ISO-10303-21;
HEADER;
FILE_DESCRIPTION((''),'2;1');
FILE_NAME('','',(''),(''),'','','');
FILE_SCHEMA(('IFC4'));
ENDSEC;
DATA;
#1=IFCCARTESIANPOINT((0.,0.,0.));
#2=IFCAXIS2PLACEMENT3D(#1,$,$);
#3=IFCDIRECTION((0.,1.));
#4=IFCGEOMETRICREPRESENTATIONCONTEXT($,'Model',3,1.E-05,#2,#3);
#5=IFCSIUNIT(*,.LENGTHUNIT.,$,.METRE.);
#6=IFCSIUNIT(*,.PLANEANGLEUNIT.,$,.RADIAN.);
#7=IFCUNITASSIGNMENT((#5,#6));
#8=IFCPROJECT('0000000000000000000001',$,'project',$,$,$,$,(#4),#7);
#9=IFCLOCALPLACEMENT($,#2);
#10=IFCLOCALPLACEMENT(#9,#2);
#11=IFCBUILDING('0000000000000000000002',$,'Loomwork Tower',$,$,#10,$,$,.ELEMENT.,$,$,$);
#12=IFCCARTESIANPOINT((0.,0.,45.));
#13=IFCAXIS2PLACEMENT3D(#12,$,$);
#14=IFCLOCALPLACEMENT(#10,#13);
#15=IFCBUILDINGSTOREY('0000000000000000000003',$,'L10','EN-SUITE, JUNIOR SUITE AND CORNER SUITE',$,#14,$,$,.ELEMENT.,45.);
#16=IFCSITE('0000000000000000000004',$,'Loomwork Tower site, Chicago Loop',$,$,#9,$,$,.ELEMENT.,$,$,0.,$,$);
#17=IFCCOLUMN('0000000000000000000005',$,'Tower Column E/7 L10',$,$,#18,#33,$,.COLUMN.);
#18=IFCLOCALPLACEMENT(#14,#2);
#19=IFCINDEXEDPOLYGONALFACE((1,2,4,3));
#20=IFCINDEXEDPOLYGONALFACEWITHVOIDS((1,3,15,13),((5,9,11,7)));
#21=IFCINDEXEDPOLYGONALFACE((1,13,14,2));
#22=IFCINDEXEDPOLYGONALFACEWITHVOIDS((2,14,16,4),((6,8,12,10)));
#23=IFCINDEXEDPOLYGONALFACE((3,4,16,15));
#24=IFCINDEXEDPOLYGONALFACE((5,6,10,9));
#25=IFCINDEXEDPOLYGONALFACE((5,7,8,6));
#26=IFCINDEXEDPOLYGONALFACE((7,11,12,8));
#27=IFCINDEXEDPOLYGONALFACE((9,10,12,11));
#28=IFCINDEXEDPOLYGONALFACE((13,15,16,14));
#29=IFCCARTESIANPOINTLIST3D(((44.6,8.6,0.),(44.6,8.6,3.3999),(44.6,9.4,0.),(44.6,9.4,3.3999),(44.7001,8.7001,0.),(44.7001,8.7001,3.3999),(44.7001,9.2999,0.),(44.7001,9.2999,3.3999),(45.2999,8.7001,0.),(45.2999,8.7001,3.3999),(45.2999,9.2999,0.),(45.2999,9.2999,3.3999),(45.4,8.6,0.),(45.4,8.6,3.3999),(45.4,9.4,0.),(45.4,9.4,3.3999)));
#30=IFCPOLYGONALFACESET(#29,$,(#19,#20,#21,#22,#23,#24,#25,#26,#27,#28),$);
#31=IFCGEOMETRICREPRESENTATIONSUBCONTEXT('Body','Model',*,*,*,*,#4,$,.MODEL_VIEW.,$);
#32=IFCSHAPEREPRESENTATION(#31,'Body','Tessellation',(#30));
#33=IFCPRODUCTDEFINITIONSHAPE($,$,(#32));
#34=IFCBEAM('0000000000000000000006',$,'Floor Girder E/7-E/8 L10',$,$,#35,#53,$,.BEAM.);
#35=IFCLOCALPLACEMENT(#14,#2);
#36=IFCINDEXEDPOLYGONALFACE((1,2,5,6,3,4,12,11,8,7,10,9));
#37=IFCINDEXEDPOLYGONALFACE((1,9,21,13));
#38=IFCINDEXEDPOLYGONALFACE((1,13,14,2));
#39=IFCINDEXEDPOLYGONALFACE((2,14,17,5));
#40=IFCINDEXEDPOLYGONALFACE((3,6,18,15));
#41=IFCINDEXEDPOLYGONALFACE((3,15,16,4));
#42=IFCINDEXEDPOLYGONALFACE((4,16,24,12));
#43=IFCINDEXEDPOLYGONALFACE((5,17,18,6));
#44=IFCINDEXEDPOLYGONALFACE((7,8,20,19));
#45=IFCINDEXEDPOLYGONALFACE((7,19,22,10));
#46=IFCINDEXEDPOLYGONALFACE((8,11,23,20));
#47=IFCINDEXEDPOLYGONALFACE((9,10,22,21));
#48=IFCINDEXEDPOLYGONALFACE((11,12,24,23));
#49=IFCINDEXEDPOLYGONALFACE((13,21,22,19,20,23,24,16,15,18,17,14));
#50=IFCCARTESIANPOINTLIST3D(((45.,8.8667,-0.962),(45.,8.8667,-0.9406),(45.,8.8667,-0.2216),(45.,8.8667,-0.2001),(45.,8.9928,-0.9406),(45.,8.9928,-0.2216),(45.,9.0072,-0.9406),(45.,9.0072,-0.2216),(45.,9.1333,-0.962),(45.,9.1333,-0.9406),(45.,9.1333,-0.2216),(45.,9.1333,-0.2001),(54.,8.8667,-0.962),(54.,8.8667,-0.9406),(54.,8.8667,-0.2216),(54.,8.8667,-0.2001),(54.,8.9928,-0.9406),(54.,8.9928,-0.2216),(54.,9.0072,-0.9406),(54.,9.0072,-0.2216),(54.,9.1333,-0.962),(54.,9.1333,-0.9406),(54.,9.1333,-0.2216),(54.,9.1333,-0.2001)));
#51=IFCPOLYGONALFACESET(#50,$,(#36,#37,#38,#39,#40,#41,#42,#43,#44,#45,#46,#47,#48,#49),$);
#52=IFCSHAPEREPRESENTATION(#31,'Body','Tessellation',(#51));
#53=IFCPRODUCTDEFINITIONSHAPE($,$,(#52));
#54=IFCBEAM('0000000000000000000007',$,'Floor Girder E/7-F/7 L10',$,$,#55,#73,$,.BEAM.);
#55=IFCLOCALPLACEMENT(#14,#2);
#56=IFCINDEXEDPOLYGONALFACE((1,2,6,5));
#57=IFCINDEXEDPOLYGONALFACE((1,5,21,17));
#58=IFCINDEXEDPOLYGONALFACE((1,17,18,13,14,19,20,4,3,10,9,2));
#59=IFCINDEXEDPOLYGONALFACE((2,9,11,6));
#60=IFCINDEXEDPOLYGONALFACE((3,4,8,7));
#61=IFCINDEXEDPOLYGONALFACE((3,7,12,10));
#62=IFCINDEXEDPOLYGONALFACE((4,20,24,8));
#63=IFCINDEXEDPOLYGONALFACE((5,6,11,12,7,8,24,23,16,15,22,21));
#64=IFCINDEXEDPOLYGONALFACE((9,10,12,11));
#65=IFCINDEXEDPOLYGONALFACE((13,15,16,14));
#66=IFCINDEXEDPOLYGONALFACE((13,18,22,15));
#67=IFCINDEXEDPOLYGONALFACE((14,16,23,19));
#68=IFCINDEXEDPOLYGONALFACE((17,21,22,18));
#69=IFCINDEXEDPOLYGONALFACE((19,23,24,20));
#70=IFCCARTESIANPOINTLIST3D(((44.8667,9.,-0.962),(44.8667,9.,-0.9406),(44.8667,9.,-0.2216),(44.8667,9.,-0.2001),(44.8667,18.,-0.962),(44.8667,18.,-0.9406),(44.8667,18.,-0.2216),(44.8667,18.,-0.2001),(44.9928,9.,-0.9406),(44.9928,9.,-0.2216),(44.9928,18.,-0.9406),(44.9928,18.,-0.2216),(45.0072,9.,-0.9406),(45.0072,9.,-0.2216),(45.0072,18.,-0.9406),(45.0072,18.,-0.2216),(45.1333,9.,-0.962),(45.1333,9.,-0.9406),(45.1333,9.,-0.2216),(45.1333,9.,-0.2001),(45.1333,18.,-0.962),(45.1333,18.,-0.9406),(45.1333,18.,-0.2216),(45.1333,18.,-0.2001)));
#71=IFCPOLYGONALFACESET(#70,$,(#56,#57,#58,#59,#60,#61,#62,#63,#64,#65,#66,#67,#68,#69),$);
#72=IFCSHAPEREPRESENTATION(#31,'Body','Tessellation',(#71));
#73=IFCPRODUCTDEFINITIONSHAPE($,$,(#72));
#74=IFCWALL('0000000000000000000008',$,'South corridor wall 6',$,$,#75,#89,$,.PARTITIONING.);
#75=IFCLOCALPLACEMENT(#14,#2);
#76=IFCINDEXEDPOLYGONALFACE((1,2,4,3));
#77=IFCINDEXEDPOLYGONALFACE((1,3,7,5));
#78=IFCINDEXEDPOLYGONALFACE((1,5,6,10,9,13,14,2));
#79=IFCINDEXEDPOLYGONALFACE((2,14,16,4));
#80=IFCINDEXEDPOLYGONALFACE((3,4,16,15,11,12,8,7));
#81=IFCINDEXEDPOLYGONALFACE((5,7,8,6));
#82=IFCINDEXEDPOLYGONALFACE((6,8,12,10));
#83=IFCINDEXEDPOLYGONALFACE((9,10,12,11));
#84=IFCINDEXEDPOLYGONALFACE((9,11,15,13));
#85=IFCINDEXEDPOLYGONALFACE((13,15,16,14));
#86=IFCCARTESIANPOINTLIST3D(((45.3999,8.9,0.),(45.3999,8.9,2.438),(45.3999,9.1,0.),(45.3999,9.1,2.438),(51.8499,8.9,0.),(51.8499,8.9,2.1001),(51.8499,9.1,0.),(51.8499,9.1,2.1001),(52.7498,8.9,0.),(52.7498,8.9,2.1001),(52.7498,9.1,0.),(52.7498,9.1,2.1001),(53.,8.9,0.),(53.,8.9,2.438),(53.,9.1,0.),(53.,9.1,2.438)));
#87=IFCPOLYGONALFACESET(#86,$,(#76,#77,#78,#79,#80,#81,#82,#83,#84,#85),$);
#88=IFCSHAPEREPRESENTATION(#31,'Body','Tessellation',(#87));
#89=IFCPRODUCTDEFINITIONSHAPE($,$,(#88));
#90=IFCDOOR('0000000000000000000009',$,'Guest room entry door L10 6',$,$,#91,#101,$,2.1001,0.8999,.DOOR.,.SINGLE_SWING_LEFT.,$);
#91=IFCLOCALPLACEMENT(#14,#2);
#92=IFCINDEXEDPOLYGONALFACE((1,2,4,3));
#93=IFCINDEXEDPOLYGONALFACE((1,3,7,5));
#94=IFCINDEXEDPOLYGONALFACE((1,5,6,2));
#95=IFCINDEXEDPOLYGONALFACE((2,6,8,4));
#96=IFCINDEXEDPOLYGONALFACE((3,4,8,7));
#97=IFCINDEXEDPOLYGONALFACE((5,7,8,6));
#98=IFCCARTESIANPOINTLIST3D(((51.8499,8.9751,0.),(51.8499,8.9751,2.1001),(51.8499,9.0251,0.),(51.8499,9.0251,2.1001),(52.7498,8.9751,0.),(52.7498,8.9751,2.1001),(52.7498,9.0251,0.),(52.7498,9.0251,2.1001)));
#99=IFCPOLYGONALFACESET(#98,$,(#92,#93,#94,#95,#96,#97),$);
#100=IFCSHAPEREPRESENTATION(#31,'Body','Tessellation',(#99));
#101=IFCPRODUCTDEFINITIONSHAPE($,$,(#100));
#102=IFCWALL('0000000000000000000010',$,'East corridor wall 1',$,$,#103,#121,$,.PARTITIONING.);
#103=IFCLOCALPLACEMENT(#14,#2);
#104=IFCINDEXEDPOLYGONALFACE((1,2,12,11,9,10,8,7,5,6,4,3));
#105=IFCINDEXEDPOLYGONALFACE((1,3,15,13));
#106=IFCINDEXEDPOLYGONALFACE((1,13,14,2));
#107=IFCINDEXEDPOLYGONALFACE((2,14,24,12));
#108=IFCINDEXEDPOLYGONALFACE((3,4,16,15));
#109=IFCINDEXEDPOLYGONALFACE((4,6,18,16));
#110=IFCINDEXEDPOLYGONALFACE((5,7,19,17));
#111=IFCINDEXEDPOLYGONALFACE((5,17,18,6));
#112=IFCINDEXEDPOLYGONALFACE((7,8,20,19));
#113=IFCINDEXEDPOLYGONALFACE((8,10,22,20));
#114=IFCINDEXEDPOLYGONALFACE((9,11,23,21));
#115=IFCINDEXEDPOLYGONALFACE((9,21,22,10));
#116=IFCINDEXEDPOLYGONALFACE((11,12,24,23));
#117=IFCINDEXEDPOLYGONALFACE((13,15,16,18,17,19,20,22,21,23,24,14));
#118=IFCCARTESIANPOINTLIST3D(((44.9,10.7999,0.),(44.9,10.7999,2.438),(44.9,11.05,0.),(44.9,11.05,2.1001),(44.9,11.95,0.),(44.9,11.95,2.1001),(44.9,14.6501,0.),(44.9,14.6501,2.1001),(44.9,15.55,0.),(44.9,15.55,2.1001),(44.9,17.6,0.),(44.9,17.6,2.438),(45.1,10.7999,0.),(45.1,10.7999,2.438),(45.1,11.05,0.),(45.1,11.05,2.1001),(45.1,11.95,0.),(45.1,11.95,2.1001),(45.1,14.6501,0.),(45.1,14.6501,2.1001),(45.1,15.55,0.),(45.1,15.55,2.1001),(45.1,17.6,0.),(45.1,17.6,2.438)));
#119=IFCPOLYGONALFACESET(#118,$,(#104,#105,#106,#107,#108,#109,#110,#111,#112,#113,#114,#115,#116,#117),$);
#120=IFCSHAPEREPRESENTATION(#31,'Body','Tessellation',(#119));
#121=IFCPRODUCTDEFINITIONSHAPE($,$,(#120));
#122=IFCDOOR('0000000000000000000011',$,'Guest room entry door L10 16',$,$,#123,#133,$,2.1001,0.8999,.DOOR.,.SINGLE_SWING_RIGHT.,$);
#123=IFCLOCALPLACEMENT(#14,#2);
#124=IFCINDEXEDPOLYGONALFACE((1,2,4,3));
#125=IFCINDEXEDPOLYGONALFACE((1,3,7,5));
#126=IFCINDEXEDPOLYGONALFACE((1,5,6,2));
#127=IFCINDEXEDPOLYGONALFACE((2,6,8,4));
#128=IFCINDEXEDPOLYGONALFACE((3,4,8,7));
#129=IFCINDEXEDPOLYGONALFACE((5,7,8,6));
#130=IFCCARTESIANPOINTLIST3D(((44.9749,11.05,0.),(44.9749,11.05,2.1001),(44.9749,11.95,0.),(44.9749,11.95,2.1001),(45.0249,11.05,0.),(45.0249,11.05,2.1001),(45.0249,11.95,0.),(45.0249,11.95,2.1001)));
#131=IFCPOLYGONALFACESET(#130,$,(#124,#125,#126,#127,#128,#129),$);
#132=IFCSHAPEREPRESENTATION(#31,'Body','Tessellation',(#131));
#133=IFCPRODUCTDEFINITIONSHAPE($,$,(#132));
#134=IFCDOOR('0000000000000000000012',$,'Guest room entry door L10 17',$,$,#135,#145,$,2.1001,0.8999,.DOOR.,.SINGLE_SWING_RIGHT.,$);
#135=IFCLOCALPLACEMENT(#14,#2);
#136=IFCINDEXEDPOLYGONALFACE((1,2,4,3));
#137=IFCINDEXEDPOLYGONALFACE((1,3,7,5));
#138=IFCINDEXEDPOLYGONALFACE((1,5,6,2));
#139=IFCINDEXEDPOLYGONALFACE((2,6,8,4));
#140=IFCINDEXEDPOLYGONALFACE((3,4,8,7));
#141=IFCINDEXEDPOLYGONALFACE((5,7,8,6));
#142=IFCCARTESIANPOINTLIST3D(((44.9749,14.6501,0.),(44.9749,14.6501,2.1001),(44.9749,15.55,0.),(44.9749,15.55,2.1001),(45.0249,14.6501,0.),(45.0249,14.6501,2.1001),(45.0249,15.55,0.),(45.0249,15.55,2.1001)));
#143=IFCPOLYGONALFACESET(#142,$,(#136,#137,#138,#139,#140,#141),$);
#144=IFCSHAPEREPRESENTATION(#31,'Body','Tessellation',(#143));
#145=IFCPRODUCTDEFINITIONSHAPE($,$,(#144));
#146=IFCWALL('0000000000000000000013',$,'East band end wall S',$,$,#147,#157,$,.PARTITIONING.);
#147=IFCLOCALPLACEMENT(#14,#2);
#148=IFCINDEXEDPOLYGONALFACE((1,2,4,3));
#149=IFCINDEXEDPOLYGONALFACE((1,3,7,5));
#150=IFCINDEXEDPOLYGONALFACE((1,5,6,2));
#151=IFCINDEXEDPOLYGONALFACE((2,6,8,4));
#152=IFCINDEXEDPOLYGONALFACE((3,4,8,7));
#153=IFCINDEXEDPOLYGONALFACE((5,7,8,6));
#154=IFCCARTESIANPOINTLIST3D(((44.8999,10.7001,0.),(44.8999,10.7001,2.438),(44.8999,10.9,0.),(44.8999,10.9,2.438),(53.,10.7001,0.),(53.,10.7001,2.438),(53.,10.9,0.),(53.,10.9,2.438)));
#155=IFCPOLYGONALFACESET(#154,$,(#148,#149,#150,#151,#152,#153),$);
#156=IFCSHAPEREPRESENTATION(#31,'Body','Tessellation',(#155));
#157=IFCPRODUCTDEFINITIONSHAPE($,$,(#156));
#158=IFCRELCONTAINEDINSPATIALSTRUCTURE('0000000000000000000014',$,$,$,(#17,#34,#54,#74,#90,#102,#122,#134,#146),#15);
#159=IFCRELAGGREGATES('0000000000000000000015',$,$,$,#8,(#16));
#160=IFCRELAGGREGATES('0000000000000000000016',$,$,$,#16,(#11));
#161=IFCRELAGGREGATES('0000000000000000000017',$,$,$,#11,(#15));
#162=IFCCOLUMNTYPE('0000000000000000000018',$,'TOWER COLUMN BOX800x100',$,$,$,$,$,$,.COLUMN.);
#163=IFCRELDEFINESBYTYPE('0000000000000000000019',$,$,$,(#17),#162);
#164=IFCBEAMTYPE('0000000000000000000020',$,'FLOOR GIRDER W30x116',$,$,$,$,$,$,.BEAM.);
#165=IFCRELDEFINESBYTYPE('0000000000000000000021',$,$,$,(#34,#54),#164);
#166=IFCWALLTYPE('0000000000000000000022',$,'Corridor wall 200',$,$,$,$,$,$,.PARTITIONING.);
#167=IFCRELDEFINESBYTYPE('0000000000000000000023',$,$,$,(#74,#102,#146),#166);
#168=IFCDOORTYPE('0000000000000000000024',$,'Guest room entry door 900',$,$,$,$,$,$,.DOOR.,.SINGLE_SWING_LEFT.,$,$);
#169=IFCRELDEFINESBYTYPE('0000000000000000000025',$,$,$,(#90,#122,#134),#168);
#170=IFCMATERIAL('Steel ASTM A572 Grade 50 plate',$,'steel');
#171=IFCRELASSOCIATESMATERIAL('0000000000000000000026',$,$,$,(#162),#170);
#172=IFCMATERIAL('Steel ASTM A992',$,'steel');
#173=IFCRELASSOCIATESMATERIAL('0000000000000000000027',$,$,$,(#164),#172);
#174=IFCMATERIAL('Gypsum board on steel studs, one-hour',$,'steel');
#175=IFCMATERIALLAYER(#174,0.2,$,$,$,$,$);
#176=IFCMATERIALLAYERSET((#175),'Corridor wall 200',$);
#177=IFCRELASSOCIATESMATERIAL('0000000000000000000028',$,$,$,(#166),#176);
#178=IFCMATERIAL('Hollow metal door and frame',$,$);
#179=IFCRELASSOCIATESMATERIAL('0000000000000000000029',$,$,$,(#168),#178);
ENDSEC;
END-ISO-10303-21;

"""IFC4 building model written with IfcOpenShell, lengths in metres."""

from ifc_helpers import new_model, si_unit, direction, frame, frame_2d, origin, origin_2d, place, context, subcontext, project, spatial, rectangle, hollow_rectangle, i_section, extrude, material, layer, layer_set, material_profile, profile_set, type_object, element, fill, save


model = new_model("IFC4")

# Units and contexts
model_context = context("Model", 3, precision=1e-05, world=origin(), true_north=direction((0.0, 1.0)))
body_context = subcontext(model_context, "Body", "Model", "MODEL_VIEW")
ifc_project = project(units=[si_unit("LENGTHUNIT", "METRE"), si_unit("PLANEANGLEUNIT", "RADIAN")], contexts=[model_context])

# Site, building, storey
site_placement = place(None, origin())
site = spatial("IfcSite", under=ifc_project, at=site_placement, Name="Loomwork Tower site, Chicago Loop", CompositionType="ELEMENT", RefElevation=0.0)
building_placement = place(site_placement, origin())
building = spatial("IfcBuilding", under=site, at=building_placement, Name="Loomwork Tower", CompositionType="ELEMENT")
storey_placement = place(building_placement, frame((0.0, 0.0, 45.0)))
storey = spatial("IfcBuildingStorey", under=building, at=storey_placement, Name="L10", Description="EN-SUITE, JUNIOR SUITE AND CORNER SUITE", CompositionType="ELEMENT", Elevation=45.0)

# Column
ifc_material_1 = material(Name="Steel ASTM A572 Grade 50 plate", Category="steel")
ifc_material_profile_1 = material_profile(ifc_material_1, hollow_rectangle(XDim=0.8, YDim=0.8, WallThickness=0.1001, at=origin_2d()), Name="BOX800x100")
ifc_profile_set_1 = profile_set([ifc_material_profile_1], Name="Steel ASTM A572 Grade 50 plate")
column_type = type_object("IfcColumnType", Name="TOWER COLUMN BOX800x100", PredefinedType="COLUMN", material=ifc_profile_set_1)
column_placement = place(storey_placement, frame((45.0, 9.0, 0.0), z_axis=(0.0, 0.0, 1.0), x_axis=(0.0, 1.0, 0.0)))
element("IfcColumn", 1, at=column_placement, inside=storey, type_object=column_type, Name="Tower Column E/7 L10", PredefinedType="COLUMN", context=body_context, shape_type="SweptSolid", body=[
    extrude(hollow_rectangle(XDim=0.8, YDim=0.8, WallThickness=0.1001, at=origin_2d()), origin(), (0.0, 0.0, 1.0), 3.3999),
])

# Beams
ifc_material_2 = material(Name="Steel ASTM A992", Category="steel")
ifc_material_profile_2 = material_profile(ifc_material_2, i_section(OverallWidth=0.2666, OverallDepth=0.762, WebThickness=0.0144, FlangeThickness=0.0215, at=origin_2d()), Name="W30x116")
ifc_profile_set_2 = profile_set([ifc_material_profile_2], Name="Steel ASTM A992")
beam_type = type_object("IfcBeamType", Name="FLOOR GIRDER W30x116", PredefinedType="BEAM", material=ifc_profile_set_2)
for number, where, z_axis, x_axis, name in (
    (2, (45.0, 9.0, -0.5811), (1.0, 0.0, 0.0), (0.0, 1.0, 0.0), "Floor Girder E/7-E/8 L10"),
    (3, (45.0, 9.0, -0.5811), (0.0, 1.0, 0.0), (-1.0, 0.0, 0.0), "Floor Girder E/7-F/7 L10"),
):
    element("IfcBeam", number, at=place(storey_placement, frame(where, z_axis=z_axis, x_axis=x_axis)), inside=storey, type_object=beam_type, Name=name, PredefinedType="BEAM", context=body_context, shape_type="SweptSolid", body=[
        extrude(i_section(OverallWidth=0.2666, OverallDepth=0.762, WebThickness=0.0144, FlangeThickness=0.0215, at=origin_2d()), origin(), (0.0, 0.0, 1.0), 9.0),
    ])

# Wall, opening, door
ifc_material_3 = material(Name="Gypsum board on steel studs, one-hour", Category="steel")
ifc_layer_1 = layer(ifc_material_3, 0.2)
ifc_layer_set_1 = layer_set([ifc_layer_1], Name="Corridor wall 200")
wall_type_1 = type_object("IfcWallType", Name="Corridor wall 200", PredefinedType="PARTITIONING", material=ifc_layer_set_1)
wall_1_placement = place(storey_placement, frame((45.3999, 9.0, 0.0), z_axis=(0.0, 0.0, 1.0), x_axis=(1.0, 0.0, 0.0)))
wall_1 = element("IfcWall", 4, at=wall_1_placement, inside=storey, type_object=wall_type_1, Name="South corridor wall 6", PredefinedType="PARTITIONING", context=body_context, shape_type="SweptSolid", body=[
    extrude(rectangle(XDim=7.6001, YDim=0.2, at=frame_2d((3.8, 0.0))), origin(), (0.0, 0.0, 1.0), 2.438),
])
opening_1_placement = place(wall_1_placement, frame((6.45, 0.0, 0.0)))
opening_1 = element("IfcOpeningElement", 5, at=opening_1_placement, cuts=wall_1, PredefinedType="OPENING", context=body_context, shape_type="SweptSolid", body=[
    extrude(rectangle(XDim=0.8999, YDim=2.1001, at=frame_2d((0.45, 1.05))), frame((0.0, 0.1099, 0.0), z_axis=(0.0, -1.0, 0.0), x_axis=(1.0, 0.0, 0.0)), (0.0, 0.0, 1.0), 0.22),
])
ifc_material_4 = material(Name="Hollow metal door and frame")
door_type_1 = type_object("IfcDoorType", Name="Guest room entry door 900", OperationType="SINGLE_SWING_LEFT", PredefinedType="DOOR", material=ifc_material_4)
door_1_placement = place(opening_1_placement, frame((0.8999, 0.0, 0.0), z_axis=(0.0, 0.0, 1.0), x_axis=(-1.0, 0.0, 0.0)))
door_1 = element("IfcDoor", 6, at=door_1_placement, inside=storey, type_object=door_type_1, Name="Guest room entry door L10 6", OperationType="SINGLE_SWING_LEFT", OverallHeight=2.1001, OverallWidth=0.8999, PredefinedType="DOOR", context=body_context, shape_type="SweptSolid", body=[
    extrude(rectangle(XDim=0.8999, YDim=2.1001, at=frame_2d((0.45, 1.05))), frame((0.0, 0.0249, 0.0), z_axis=(0.0, -1.0, 0.0), x_axis=(1.0, 0.0, 0.0)), (0.0, 0.0, 1.0), 0.05),
])
fill(opening_1, door_1)

# Wall, openings, doors
wall_2_placement = place(storey_placement, frame((45.0, 10.8, 0.0), z_axis=(0.0, 0.0, 1.0), x_axis=(0.0, 1.0, 0.0)))
wall_2 = element("IfcWall", 7, at=wall_2_placement, inside=storey, type_object=wall_type_1, Name="East corridor wall 1", PredefinedType="PARTITIONING", context=body_context, shape_type="SweptSolid", body=[
    extrude(rectangle(XDim=6.8, YDim=0.2, at=frame_2d((3.3999, 0.0))), origin(), (0.0, 0.0, 1.0), 2.438),
])
opening_2_placement = place(wall_2_placement, frame((0.25, 0.0, 0.0)))
opening_2 = element("IfcOpeningElement", 8, at=opening_2_placement, cuts=wall_2, PredefinedType="OPENING", context=body_context, shape_type="SweptSolid", body=[
    extrude(rectangle(XDim=0.8999, YDim=2.1001, at=frame_2d((0.45, 1.05))), frame((0.0, 0.1099, 0.0), z_axis=(0.0, -1.0, 0.0), x_axis=(1.0, 0.0, 0.0)), (0.0, 0.0, 1.0), 0.22),
])
opening_3_placement = place(wall_2_placement, frame((3.8501, 0.0, 0.0)))
opening_3 = element("IfcOpeningElement", 9, at=opening_3_placement, cuts=wall_2, PredefinedType="OPENING", context=body_context, shape_type="SweptSolid", body=[
    extrude(rectangle(XDim=0.8999, YDim=2.1001, at=frame_2d((0.45, 1.05))), frame((0.0, 0.1099, 0.0), z_axis=(0.0, -1.0, 0.0), x_axis=(1.0, 0.0, 0.0)), (0.0, 0.0, 1.0), 0.22),
])
door_2_placement = place(opening_2_placement, frame((0.8999, 0.0, 0.0), z_axis=(0.0, 0.0, 1.0), x_axis=(-1.0, 0.0, 0.0)))
door_2 = element("IfcDoor", 10, at=door_2_placement, inside=storey, type_object=door_type_1, Name="Guest room entry door L10 16", OperationType="SINGLE_SWING_RIGHT", OverallHeight=2.1001, OverallWidth=0.8999, PredefinedType="DOOR", context=body_context, shape_type="SweptSolid", body=[
    extrude(rectangle(XDim=0.8999, YDim=2.1001, at=frame_2d((0.45, 1.05))), frame((0.0, 0.0249, 0.0), z_axis=(0.0, -1.0, 0.0), x_axis=(1.0, 0.0, 0.0)), (0.0, 0.0, 1.0), 0.05),
])
fill(opening_2, door_2)
door_3_placement = place(opening_3_placement, frame((0.8999, 0.0, 0.0), z_axis=(0.0, 0.0, 1.0), x_axis=(-1.0, 0.0, 0.0)))
door_3 = element("IfcDoor", 11, at=door_3_placement, inside=storey, type_object=door_type_1, Name="Guest room entry door L10 17", OperationType="SINGLE_SWING_RIGHT", OverallHeight=2.1001, OverallWidth=0.8999, PredefinedType="DOOR", context=body_context, shape_type="SweptSolid", body=[
    extrude(rectangle(XDim=0.8999, YDim=2.1001, at=frame_2d((0.45, 1.05))), frame((0.0, 0.0249, 0.0), z_axis=(0.0, -1.0, 0.0), x_axis=(1.0, 0.0, 0.0)), (0.0, 0.0, 1.0), 0.05),
])
fill(opening_3, door_3)

# Wall
wall_3_placement = place(storey_placement, frame((44.8999, 10.8, 0.0), z_axis=(0.0, 0.0, 1.0), x_axis=(1.0, 0.0, 0.0)))
element("IfcWall", 12, at=wall_3_placement, inside=storey, type_object=wall_type_1, Name="East band end wall S", PredefinedType="PARTITIONING", context=body_context, shape_type="SweptSolid", body=[
    extrude(rectangle(XDim=8.1001, YDim=0.2, at=frame_2d((4.05, 0.0))), origin(), (0.0, 0.0, 1.0), 2.438),
])

save(model, "model.ifc")
